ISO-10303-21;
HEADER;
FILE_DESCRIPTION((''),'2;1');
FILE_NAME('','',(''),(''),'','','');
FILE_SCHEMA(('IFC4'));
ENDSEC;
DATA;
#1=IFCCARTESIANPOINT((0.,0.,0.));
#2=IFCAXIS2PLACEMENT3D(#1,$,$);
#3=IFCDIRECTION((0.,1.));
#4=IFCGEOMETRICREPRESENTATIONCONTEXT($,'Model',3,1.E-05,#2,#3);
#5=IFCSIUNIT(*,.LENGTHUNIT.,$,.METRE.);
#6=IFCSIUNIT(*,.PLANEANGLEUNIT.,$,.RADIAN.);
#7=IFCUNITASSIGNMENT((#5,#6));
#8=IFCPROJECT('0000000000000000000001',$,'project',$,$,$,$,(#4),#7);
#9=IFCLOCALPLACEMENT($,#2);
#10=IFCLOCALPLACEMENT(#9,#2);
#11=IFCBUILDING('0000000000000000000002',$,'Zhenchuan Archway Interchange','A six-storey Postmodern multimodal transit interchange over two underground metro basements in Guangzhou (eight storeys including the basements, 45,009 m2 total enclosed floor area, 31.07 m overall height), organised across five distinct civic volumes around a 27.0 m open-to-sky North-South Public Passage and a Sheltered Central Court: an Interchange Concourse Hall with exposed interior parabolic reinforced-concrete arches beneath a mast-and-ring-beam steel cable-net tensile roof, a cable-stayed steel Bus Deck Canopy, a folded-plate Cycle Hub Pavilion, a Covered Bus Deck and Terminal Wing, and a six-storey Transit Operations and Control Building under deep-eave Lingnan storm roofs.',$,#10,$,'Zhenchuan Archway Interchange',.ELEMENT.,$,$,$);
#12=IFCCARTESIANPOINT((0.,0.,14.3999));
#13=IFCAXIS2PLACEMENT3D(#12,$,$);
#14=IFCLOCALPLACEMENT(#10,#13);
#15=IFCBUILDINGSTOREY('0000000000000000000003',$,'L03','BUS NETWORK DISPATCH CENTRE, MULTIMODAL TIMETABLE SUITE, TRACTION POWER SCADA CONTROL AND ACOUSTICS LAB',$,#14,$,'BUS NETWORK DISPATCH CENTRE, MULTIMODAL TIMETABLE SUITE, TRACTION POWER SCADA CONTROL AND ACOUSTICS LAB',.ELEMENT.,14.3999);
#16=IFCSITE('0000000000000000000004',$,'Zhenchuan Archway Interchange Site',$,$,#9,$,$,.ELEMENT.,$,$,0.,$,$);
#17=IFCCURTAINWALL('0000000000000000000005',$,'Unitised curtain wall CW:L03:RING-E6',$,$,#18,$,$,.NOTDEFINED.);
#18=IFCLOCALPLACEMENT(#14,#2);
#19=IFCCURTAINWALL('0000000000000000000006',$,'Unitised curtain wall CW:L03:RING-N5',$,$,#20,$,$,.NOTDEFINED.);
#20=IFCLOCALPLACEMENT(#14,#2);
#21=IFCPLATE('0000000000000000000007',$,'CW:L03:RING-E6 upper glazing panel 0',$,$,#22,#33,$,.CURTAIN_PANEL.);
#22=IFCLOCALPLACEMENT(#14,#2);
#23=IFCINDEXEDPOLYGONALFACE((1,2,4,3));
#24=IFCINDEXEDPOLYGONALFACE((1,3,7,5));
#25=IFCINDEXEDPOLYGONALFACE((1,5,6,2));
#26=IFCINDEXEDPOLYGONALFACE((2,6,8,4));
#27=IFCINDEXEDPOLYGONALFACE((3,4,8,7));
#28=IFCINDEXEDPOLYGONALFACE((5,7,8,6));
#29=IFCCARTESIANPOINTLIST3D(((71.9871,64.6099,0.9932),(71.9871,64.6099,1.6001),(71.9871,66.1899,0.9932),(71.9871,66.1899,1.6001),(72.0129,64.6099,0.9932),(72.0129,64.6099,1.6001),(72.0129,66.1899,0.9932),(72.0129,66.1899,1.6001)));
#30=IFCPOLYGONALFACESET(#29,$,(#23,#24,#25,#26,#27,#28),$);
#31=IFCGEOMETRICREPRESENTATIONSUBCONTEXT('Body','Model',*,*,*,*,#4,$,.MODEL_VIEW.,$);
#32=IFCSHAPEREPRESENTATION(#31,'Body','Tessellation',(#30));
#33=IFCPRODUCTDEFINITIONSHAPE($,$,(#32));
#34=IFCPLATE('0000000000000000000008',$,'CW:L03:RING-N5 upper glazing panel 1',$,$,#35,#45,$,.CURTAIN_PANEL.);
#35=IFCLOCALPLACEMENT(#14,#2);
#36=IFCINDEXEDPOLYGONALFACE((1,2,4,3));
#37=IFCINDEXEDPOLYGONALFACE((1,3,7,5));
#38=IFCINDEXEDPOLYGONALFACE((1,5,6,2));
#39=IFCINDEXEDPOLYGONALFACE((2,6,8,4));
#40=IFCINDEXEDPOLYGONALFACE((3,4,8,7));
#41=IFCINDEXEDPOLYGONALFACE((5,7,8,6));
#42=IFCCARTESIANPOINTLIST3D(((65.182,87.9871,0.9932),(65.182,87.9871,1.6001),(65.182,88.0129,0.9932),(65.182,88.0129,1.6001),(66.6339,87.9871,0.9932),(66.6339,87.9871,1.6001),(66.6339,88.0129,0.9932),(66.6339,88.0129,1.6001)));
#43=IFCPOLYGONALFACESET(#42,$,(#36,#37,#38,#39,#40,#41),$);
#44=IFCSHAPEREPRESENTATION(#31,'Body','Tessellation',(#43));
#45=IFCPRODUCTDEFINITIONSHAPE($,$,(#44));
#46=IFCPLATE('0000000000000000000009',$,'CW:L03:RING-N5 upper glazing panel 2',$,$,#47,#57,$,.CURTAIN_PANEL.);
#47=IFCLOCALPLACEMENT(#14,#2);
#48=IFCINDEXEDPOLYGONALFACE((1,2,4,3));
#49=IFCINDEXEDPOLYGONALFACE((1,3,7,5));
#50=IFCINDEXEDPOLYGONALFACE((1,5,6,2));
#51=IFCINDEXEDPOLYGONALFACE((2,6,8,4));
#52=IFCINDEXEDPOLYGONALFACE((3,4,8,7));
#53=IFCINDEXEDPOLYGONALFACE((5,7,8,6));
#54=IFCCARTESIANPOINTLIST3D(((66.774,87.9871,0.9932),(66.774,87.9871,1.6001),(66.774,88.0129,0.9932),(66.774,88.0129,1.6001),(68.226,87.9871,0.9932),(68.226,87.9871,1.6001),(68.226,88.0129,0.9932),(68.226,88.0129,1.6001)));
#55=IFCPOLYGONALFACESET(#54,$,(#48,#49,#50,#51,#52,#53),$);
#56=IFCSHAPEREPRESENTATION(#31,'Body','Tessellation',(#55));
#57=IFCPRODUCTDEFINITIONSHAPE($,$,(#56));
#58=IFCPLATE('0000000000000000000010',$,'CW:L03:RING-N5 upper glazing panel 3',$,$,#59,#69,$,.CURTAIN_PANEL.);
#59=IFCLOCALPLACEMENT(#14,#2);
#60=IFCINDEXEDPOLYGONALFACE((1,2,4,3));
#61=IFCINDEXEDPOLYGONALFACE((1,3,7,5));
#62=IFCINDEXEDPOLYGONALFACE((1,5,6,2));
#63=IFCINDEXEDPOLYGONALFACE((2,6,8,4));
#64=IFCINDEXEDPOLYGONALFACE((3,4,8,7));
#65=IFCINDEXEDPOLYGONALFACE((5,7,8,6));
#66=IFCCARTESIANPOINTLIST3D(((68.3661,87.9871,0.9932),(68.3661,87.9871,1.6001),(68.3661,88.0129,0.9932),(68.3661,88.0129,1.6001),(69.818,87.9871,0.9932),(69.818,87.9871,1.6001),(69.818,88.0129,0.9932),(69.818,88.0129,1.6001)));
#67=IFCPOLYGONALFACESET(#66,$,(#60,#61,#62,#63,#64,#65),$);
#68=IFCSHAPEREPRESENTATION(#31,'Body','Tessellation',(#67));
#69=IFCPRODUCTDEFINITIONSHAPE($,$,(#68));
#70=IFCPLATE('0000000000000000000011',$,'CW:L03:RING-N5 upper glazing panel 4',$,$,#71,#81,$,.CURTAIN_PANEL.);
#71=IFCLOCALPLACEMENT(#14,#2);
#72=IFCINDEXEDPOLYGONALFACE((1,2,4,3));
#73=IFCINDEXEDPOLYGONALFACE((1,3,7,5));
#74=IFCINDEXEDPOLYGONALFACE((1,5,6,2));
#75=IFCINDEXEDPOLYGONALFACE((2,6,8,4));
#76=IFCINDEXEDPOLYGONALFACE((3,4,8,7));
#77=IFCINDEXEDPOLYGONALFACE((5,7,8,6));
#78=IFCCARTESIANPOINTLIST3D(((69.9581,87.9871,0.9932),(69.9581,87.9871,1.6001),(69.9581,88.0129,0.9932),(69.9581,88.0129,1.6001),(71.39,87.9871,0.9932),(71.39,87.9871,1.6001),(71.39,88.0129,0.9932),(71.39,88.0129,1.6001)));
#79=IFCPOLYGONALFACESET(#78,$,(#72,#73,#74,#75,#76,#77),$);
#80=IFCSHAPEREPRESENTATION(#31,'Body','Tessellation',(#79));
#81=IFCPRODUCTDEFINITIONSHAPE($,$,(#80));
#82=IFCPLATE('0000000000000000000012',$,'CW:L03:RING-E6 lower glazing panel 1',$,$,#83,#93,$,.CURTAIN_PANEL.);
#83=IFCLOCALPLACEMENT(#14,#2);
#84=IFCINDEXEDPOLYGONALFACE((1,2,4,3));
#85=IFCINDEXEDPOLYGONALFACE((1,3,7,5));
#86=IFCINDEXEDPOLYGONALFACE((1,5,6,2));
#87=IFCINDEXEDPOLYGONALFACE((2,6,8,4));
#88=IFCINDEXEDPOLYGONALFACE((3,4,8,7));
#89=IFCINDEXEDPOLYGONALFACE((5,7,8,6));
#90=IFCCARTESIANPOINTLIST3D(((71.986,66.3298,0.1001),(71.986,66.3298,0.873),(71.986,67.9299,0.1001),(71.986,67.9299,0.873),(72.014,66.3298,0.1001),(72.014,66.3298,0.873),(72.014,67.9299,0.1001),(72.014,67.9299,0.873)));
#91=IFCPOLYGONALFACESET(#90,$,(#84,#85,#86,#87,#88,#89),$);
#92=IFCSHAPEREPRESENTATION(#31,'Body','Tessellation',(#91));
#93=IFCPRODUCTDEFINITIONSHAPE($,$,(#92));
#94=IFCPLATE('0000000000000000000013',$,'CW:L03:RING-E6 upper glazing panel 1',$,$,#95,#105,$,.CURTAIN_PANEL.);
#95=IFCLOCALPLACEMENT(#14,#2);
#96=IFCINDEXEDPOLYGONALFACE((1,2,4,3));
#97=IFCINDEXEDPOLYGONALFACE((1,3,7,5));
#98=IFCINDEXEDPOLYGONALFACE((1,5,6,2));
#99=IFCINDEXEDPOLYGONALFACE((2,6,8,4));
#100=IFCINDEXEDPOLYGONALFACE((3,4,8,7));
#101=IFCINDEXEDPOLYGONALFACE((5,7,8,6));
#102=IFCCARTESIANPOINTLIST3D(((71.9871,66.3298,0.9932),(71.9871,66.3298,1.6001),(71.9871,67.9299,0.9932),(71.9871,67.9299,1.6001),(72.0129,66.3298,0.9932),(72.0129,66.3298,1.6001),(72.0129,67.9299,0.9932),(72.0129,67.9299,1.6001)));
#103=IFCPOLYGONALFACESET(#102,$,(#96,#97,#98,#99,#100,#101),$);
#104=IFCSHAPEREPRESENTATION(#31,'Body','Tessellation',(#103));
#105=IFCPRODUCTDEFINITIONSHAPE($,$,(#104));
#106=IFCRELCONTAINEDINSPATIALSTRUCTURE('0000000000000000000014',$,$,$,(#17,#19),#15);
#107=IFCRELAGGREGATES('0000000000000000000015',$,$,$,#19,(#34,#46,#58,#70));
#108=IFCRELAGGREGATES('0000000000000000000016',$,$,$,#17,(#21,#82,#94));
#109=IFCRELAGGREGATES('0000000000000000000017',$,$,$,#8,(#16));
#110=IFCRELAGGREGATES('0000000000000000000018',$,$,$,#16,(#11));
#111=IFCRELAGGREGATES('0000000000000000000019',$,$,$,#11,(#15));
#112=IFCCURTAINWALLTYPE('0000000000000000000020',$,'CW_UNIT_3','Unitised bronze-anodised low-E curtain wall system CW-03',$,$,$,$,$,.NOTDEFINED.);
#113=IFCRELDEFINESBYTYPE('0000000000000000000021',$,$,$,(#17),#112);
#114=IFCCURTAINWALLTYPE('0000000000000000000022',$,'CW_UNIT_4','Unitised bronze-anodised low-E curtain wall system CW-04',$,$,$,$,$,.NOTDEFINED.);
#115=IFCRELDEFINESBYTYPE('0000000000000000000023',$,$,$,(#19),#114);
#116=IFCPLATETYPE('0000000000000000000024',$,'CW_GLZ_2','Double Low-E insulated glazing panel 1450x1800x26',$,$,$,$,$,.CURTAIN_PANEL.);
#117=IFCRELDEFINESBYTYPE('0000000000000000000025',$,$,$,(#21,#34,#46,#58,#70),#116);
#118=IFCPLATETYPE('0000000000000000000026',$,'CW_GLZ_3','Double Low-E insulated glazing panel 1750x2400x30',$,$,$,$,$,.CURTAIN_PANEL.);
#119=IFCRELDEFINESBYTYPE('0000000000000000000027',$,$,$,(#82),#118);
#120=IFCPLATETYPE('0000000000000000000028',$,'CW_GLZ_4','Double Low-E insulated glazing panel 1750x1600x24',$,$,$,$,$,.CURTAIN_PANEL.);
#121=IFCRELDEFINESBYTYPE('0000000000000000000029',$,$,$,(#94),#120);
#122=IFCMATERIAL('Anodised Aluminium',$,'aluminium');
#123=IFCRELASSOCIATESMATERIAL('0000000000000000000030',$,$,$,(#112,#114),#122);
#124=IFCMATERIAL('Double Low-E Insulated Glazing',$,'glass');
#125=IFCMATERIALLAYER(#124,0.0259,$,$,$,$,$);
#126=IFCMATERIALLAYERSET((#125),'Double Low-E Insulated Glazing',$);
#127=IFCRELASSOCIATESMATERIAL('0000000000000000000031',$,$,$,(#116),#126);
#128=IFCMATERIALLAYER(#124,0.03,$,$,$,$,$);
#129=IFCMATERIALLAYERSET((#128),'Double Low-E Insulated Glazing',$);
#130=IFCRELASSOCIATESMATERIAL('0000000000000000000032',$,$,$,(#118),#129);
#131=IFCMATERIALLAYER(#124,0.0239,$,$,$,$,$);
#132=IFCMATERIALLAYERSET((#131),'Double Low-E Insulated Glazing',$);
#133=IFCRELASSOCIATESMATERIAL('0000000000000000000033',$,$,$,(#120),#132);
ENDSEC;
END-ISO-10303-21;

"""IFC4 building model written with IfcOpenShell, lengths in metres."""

from ifc_helpers import new_model, si_unit, direction, frame, origin, origin_2d, place, context, subcontext, project, spatial, rectangle, extrude, material, layer, layer_set, type_object, element, aggregate, save


model = new_model("IFC4")

# Units and contexts
model_context = context("Model", 3, precision=1e-05, world=origin(), true_north=direction((0.0, 1.0)))
body_context = subcontext(model_context, "Body", "Model", "MODEL_VIEW")
ifc_project = project(units=[si_unit("LENGTHUNIT", "METRE"), si_unit("PLANEANGLEUNIT", "RADIAN")], contexts=[model_context])

# Site, building, storey
site_placement = place(None, origin())
site = spatial("IfcSite", under=ifc_project, at=site_placement, Name="Zhenchuan Archway Interchange Site", CompositionType="ELEMENT", RefElevation=0.0)
building_placement = place(site_placement, origin())
building = spatial("IfcBuilding", under=site, at=building_placement, Name="Zhenchuan Archway Interchange", Description="A six-storey Postmodern multimodal transit interchange over two underground metro basements in Guangzhou (eight storeys including the basements, 45,009 m2 total enclosed floor area, 31.07 m overall height), organised across five distinct civic volumes around a 27.0 m open-to-sky North-South Public Passage and a Sheltered Central Court: an Interchange Concourse Hall with exposed interior parabolic reinforced-concrete arches beneath a mast-and-ring-beam steel cable-net tensile roof, a cable-stayed steel Bus Deck Canopy, a folded-plate Cycle Hub Pavilion, a Covered Bus Deck and Terminal Wing, and a six-storey Transit Operations and Control Building under deep-eave Lingnan storm roofs.", LongName="Zhenchuan Archway Interchange", CompositionType="ELEMENT")
storey_placement = place(building_placement, frame((0.0, 0.0, 14.3999)))
storey = spatial("IfcBuildingStorey", under=building, at=storey_placement, Name="L03", Description="BUS NETWORK DISPATCH CENTRE, MULTIMODAL TIMETABLE SUITE, TRACTION POWER SCADA CONTROL AND ACOUSTICS LAB", LongName="BUS NETWORK DISPATCH CENTRE, MULTIMODAL TIMETABLE SUITE, TRACTION POWER SCADA CONTROL AND ACOUSTICS LAB", CompositionType="ELEMENT", Elevation=14.3999)

# Curtain walls
ifc_material_1 = material(Name="Anodised Aluminium", Category="aluminium")
curtain_wall_type_1 = type_object("IfcCurtainWallType", Name="CW_UNIT_3", Description="Unitised bronze-anodised low-E curtain wall system CW-03", PredefinedType="NOTDEFINED", material=ifc_material_1)
curtain_wall_1_placement = place(storey_placement, origin())
curtain_wall_1 = element("IfcCurtainWall", 1, at=curtain_wall_1_placement, inside=storey, type_object=curtain_wall_type_1, Name="Unitised curtain wall CW:L03:RING-E6", PredefinedType="NOTDEFINED")
curtain_wall_type_2 = type_object("IfcCurtainWallType", Name="CW_UNIT_4", Description="Unitised bronze-anodised low-E curtain wall system CW-04", PredefinedType="NOTDEFINED", material=ifc_material_1)
curtain_wall_2_placement = place(storey_placement, origin())
curtain_wall_2 = element("IfcCurtainWall", 2, at=curtain_wall_2_placement, inside=storey, type_object=curtain_wall_type_2, Name="Unitised curtain wall CW:L03:RING-N5", PredefinedType="NOTDEFINED")

# Plates
ifc_material_2 = material(Name="Double Low-E Insulated Glazing", Category="glass")
ifc_layer_1 = layer(ifc_material_2, 0.0259)
ifc_layer_set_1 = layer_set([ifc_layer_1], Name="Double Low-E Insulated Glazing")
plate_type_1 = type_object("IfcPlateType", Name="CW_GLZ_2", Description="Double Low-E insulated glazing panel 1450x1800x26", PredefinedType="CURTAIN_PANEL", material=ifc_layer_set_1)
plate_1_placement = place(storey_placement, frame((72.0, 65.3999, 0.9932), z_axis=(0.0, 0.0, 1.0), x_axis=(0.0, 1.0, 0.0)))
plate_1 = element("IfcPlate", 3, at=plate_1_placement, type_object=plate_type_1, Name="CW:L03:RING-E6 upper glazing panel 0", PredefinedType="CURTAIN_PANEL", context=body_context, shape_type="SweptSolid", body=[
    extrude(rectangle(XDim=1.5801, YDim=0.0259, at=origin_2d()), origin(), (0.0, 0.0, 1.0), 0.6069),
])
plate_2_placement = place(storey_placement, frame((65.908, 88.0, 0.9932), z_axis=(0.0, 0.0, 1.0), x_axis=(1.0, 0.0, 0.0)))
plate_2 = element("IfcPlate", 4, at=plate_2_placement, type_object=plate_type_1, Name="CW:L03:RING-N5 upper glazing panel 1", PredefinedType="CURTAIN_PANEL", context=body_context, shape_type="SweptSolid", body=[
    extrude(rectangle(XDim=1.4519, YDim=0.0259, at=origin_2d()), origin(), (0.0, 0.0, 1.0), 0.6069),
])
plate_3_placement = place(storey_placement, frame((67.5, 88.0, 0.9932), z_axis=(0.0, 0.0, 1.0), x_axis=(1.0, 0.0, 0.0)))
plate_3 = element("IfcPlate", 5, at=plate_3_placement, type_object=plate_type_1, Name="CW:L03:RING-N5 upper glazing panel 2", PredefinedType="CURTAIN_PANEL", context=body_context, shape_type="SweptSolid", body=[
    extrude(rectangle(XDim=1.4519, YDim=0.0259, at=origin_2d()), origin(), (0.0, 0.0, 1.0), 0.6069),
])
plate_4_placement = place(storey_placement, frame((69.092, 88.0, 0.9932), z_axis=(0.0, 0.0, 1.0), x_axis=(1.0, 0.0, 0.0)))
plate_4 = element("IfcPlate", 6, at=plate_4_placement, type_object=plate_type_1, Name="CW:L03:RING-N5 upper glazing panel 3", PredefinedType="CURTAIN_PANEL", context=body_context, shape_type="SweptSolid", body=[
    extrude(rectangle(XDim=1.4519, YDim=0.0259, at=origin_2d()), origin(), (0.0, 0.0, 1.0), 0.6069),
])
plate_5_placement = place(storey_placement, frame((70.6741, 88.0, 0.9932), z_axis=(0.0, 0.0, 1.0), x_axis=(1.0, 0.0, 0.0)))
plate_5 = element("IfcPlate", 7, at=plate_5_placement, type_object=plate_type_1, Name="CW:L03:RING-N5 upper glazing panel 4", PredefinedType="CURTAIN_PANEL", context=body_context, shape_type="SweptSolid", body=[
    extrude(rectangle(XDim=1.4319, YDim=0.0259, at=origin_2d()), origin(), (0.0, 0.0, 1.0), 0.6069),
])
aggregate(curtain_wall_2, [plate_2, plate_3, plate_4, plate_5])
ifc_layer_2 = layer(ifc_material_2, 0.03)
ifc_layer_set_2 = layer_set([ifc_layer_2], Name="Double Low-E Insulated Glazing")
plate_type_2 = type_object("IfcPlateType", Name="CW_GLZ_3", Description="Double Low-E insulated glazing panel 1750x2400x30", PredefinedType="CURTAIN_PANEL", material=ifc_layer_set_2)
plate_6_placement = place(storey_placement, frame((72.0, 67.1299, 0.1001), z_axis=(0.0, 0.0, 1.0), x_axis=(0.0, 1.0, 0.0)))
plate_6 = element("IfcPlate", 8, at=plate_6_placement, type_object=plate_type_2, Name="CW:L03:RING-E6 lower glazing panel 1", PredefinedType="CURTAIN_PANEL", context=body_context, shape_type="SweptSolid", body=[
    extrude(rectangle(XDim=1.6001, YDim=0.0281, at=origin_2d()), origin(), (0.0, 0.0, 1.0), 0.7729),
])
ifc_layer_3 = layer(ifc_material_2, 0.0239)
ifc_layer_set_3 = layer_set([ifc_layer_3], Name="Double Low-E Insulated Glazing")
plate_type_3 = type_object("IfcPlateType", Name="CW_GLZ_4", Description="Double Low-E insulated glazing panel 1750x1600x24", PredefinedType="CURTAIN_PANEL", material=ifc_layer_set_3)
plate_7_placement = place(storey_placement, frame((72.0, 67.1299, 0.9932), z_axis=(0.0, 0.0, 1.0), x_axis=(0.0, 1.0, 0.0)))
plate_7 = element("IfcPlate", 9, at=plate_7_placement, type_object=plate_type_3, Name="CW:L03:RING-E6 upper glazing panel 1", PredefinedType="CURTAIN_PANEL", context=body_context, shape_type="SweptSolid", body=[
    extrude(rectangle(XDim=1.6001, YDim=0.0259, at=origin_2d()), origin(), (0.0, 0.0, 1.0), 0.6069),
])
aggregate(curtain_wall_1, [plate_1, plate_6, plate_7])

save(model, "model.ifc")
